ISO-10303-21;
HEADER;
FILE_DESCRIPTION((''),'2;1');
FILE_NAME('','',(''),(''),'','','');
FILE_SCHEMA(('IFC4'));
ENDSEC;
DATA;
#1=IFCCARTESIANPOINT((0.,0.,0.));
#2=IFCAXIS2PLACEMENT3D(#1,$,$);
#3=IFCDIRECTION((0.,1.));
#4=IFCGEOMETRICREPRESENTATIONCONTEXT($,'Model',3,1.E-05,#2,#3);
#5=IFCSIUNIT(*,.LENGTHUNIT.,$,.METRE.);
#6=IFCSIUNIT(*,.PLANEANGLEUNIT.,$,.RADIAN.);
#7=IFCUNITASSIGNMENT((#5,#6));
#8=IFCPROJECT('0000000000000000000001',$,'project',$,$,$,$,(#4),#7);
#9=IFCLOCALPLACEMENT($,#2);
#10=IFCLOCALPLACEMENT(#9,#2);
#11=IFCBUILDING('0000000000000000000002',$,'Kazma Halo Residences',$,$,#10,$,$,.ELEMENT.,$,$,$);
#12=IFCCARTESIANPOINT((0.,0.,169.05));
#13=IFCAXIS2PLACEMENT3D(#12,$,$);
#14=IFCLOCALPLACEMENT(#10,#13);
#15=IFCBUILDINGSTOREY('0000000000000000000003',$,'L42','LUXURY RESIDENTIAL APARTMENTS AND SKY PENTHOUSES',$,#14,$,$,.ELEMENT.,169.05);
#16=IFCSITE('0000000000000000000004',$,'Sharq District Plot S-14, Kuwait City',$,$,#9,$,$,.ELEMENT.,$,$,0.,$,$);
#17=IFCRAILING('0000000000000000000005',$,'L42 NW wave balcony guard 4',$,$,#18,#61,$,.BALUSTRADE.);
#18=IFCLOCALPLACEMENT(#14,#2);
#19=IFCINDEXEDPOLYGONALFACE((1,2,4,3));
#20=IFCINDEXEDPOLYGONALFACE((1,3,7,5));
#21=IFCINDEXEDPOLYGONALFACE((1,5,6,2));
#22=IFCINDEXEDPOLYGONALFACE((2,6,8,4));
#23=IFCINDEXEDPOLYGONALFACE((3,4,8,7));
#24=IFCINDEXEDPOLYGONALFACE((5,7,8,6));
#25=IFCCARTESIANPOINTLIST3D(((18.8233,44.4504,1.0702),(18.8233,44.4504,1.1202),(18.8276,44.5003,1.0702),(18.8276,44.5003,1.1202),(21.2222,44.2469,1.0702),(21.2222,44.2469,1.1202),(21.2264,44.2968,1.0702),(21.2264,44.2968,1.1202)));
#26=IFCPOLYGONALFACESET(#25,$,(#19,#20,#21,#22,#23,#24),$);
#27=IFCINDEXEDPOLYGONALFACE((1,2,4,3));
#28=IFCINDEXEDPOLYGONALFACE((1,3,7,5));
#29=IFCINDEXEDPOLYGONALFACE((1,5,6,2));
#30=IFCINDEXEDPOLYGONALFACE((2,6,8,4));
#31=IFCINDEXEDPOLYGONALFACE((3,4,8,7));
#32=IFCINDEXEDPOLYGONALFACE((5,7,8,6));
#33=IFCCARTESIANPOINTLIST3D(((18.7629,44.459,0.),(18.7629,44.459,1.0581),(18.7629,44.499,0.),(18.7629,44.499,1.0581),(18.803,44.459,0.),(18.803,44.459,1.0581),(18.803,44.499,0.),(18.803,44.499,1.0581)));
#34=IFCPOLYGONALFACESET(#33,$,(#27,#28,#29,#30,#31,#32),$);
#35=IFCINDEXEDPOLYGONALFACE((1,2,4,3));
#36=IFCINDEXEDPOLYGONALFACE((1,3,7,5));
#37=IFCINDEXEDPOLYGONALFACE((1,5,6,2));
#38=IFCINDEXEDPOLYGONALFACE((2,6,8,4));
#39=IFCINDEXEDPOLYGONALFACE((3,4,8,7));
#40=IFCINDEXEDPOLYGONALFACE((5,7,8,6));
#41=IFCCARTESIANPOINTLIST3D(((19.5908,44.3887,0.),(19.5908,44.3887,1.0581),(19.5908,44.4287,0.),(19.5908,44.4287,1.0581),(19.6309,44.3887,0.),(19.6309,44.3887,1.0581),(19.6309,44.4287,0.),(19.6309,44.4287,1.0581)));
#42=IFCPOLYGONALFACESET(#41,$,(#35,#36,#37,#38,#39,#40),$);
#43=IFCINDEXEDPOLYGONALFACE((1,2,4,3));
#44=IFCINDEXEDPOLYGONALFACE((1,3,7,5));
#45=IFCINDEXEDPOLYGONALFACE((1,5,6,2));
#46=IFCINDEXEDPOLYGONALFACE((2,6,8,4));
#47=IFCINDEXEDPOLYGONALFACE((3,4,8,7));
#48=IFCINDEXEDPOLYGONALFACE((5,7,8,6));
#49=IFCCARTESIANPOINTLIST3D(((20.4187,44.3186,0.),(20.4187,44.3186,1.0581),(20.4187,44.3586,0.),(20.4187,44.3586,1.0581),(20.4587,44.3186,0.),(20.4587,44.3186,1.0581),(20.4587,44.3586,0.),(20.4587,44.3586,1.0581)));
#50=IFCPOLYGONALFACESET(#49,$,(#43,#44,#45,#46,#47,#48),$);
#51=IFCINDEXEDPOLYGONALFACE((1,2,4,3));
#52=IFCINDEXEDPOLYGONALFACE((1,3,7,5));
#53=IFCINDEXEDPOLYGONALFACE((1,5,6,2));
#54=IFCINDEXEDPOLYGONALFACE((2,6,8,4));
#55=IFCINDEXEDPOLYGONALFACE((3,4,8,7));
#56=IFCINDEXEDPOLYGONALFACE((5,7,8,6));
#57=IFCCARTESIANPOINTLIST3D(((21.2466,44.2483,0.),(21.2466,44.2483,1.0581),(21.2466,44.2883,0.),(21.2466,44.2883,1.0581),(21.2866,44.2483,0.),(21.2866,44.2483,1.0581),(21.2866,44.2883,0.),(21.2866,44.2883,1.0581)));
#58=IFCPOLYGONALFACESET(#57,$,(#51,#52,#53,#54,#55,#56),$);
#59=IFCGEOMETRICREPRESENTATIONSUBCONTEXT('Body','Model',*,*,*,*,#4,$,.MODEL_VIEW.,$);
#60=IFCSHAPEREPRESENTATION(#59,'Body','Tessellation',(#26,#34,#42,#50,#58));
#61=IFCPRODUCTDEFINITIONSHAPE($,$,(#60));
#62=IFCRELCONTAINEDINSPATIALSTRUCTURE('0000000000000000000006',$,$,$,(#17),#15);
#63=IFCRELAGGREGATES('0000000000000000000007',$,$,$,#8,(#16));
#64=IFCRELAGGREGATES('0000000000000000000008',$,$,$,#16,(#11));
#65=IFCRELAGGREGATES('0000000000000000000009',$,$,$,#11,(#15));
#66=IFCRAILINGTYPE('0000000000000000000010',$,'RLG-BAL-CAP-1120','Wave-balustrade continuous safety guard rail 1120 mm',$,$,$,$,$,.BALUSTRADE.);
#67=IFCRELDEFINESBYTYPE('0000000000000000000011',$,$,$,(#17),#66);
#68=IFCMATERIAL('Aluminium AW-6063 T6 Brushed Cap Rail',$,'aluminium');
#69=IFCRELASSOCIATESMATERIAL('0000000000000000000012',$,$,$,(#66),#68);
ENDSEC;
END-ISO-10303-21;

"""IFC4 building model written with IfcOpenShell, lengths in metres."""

from ifc_helpers import new_model, si_unit, direction, frame, origin, origin_2d, place, context, subcontext, project, spatial, rectangle, extrude, material, type_object, element, save


model = new_model("IFC4")

# Units and contexts
model_context = context("Model", 3, precision=1e-05, world=origin(), true_north=direction((0.0, 1.0)))
body_context = subcontext(model_context, "Body", "Model", "MODEL_VIEW")
ifc_project = project(units=[si_unit("LENGTHUNIT", "METRE"), si_unit("PLANEANGLEUNIT", "RADIAN")], contexts=[model_context])

# Site, building, storey
site_placement = place(None, origin())
site = spatial("IfcSite", under=ifc_project, at=site_placement, Name="Sharq District Plot S-14, Kuwait City", CompositionType="ELEMENT", RefElevation=0.0)
building_placement = place(site_placement, origin())
building = spatial("IfcBuilding", under=site, at=building_placement, Name="Kazma Halo Residences", CompositionType="ELEMENT")
storey_placement = place(building_placement, frame((0.0, 0.0, 169.05)))
storey = spatial("IfcBuildingStorey", under=building, at=storey_placement, Name="L42", Description="LUXURY RESIDENTIAL APARTMENTS AND SKY PENTHOUSES", CompositionType="ELEMENT", Elevation=169.05)

# Railing
ifc_material_1 = material(Name="Aluminium AW-6063 T6 Brushed Cap Rail", Category="aluminium")
railing_type = type_object("IfcRailingType", Name="RLG-BAL-CAP-1120", Description="Wave-balustrade continuous safety guard rail 1120 mm", PredefinedType="BALUSTRADE", material=ifc_material_1)
railing_placement = place(storey_placement, frame((18.783, 44.479, 0.0)))
element("IfcRailing", 1, at=railing_placement, inside=storey, type_object=railing_type, Name="L42 NW wave balcony guard 4", PredefinedType="BALUSTRADE", context=body_context, shape_type="SweptSolid", body=[
    extrude(rectangle(XDim=0.05, YDim=0.05, at=origin_2d()), frame((0.0425, -0.0037, 1.0952), z_axis=(0.996421, -0.084529, 0.0), x_axis=(0.084529, 0.996421, 0.0)), (0.0, 0.0, 1.0), 2.4075),
    extrude(rectangle(XDim=0.04, YDim=0.04, at=origin_2d()), origin(), (0.0, 0.0, 1.0), 1.0581),
    extrude(rectangle(XDim=0.04, YDim=0.04, at=origin_2d()), frame((0.8279, -0.0703, 0.0)), (0.0, 0.0, 1.0), 1.0581),
    extrude(rectangle(XDim=0.04, YDim=0.04, at=origin_2d()), frame((1.6558, -0.1404, 0.0)), (0.0, 0.0, 1.0), 1.0581),
    extrude(rectangle(XDim=0.04, YDim=0.04, at=origin_2d()), frame((2.4836, -0.2107, 0.0)), (0.0, 0.0, 1.0), 1.0581),
])

save(model, "model.ifc")
